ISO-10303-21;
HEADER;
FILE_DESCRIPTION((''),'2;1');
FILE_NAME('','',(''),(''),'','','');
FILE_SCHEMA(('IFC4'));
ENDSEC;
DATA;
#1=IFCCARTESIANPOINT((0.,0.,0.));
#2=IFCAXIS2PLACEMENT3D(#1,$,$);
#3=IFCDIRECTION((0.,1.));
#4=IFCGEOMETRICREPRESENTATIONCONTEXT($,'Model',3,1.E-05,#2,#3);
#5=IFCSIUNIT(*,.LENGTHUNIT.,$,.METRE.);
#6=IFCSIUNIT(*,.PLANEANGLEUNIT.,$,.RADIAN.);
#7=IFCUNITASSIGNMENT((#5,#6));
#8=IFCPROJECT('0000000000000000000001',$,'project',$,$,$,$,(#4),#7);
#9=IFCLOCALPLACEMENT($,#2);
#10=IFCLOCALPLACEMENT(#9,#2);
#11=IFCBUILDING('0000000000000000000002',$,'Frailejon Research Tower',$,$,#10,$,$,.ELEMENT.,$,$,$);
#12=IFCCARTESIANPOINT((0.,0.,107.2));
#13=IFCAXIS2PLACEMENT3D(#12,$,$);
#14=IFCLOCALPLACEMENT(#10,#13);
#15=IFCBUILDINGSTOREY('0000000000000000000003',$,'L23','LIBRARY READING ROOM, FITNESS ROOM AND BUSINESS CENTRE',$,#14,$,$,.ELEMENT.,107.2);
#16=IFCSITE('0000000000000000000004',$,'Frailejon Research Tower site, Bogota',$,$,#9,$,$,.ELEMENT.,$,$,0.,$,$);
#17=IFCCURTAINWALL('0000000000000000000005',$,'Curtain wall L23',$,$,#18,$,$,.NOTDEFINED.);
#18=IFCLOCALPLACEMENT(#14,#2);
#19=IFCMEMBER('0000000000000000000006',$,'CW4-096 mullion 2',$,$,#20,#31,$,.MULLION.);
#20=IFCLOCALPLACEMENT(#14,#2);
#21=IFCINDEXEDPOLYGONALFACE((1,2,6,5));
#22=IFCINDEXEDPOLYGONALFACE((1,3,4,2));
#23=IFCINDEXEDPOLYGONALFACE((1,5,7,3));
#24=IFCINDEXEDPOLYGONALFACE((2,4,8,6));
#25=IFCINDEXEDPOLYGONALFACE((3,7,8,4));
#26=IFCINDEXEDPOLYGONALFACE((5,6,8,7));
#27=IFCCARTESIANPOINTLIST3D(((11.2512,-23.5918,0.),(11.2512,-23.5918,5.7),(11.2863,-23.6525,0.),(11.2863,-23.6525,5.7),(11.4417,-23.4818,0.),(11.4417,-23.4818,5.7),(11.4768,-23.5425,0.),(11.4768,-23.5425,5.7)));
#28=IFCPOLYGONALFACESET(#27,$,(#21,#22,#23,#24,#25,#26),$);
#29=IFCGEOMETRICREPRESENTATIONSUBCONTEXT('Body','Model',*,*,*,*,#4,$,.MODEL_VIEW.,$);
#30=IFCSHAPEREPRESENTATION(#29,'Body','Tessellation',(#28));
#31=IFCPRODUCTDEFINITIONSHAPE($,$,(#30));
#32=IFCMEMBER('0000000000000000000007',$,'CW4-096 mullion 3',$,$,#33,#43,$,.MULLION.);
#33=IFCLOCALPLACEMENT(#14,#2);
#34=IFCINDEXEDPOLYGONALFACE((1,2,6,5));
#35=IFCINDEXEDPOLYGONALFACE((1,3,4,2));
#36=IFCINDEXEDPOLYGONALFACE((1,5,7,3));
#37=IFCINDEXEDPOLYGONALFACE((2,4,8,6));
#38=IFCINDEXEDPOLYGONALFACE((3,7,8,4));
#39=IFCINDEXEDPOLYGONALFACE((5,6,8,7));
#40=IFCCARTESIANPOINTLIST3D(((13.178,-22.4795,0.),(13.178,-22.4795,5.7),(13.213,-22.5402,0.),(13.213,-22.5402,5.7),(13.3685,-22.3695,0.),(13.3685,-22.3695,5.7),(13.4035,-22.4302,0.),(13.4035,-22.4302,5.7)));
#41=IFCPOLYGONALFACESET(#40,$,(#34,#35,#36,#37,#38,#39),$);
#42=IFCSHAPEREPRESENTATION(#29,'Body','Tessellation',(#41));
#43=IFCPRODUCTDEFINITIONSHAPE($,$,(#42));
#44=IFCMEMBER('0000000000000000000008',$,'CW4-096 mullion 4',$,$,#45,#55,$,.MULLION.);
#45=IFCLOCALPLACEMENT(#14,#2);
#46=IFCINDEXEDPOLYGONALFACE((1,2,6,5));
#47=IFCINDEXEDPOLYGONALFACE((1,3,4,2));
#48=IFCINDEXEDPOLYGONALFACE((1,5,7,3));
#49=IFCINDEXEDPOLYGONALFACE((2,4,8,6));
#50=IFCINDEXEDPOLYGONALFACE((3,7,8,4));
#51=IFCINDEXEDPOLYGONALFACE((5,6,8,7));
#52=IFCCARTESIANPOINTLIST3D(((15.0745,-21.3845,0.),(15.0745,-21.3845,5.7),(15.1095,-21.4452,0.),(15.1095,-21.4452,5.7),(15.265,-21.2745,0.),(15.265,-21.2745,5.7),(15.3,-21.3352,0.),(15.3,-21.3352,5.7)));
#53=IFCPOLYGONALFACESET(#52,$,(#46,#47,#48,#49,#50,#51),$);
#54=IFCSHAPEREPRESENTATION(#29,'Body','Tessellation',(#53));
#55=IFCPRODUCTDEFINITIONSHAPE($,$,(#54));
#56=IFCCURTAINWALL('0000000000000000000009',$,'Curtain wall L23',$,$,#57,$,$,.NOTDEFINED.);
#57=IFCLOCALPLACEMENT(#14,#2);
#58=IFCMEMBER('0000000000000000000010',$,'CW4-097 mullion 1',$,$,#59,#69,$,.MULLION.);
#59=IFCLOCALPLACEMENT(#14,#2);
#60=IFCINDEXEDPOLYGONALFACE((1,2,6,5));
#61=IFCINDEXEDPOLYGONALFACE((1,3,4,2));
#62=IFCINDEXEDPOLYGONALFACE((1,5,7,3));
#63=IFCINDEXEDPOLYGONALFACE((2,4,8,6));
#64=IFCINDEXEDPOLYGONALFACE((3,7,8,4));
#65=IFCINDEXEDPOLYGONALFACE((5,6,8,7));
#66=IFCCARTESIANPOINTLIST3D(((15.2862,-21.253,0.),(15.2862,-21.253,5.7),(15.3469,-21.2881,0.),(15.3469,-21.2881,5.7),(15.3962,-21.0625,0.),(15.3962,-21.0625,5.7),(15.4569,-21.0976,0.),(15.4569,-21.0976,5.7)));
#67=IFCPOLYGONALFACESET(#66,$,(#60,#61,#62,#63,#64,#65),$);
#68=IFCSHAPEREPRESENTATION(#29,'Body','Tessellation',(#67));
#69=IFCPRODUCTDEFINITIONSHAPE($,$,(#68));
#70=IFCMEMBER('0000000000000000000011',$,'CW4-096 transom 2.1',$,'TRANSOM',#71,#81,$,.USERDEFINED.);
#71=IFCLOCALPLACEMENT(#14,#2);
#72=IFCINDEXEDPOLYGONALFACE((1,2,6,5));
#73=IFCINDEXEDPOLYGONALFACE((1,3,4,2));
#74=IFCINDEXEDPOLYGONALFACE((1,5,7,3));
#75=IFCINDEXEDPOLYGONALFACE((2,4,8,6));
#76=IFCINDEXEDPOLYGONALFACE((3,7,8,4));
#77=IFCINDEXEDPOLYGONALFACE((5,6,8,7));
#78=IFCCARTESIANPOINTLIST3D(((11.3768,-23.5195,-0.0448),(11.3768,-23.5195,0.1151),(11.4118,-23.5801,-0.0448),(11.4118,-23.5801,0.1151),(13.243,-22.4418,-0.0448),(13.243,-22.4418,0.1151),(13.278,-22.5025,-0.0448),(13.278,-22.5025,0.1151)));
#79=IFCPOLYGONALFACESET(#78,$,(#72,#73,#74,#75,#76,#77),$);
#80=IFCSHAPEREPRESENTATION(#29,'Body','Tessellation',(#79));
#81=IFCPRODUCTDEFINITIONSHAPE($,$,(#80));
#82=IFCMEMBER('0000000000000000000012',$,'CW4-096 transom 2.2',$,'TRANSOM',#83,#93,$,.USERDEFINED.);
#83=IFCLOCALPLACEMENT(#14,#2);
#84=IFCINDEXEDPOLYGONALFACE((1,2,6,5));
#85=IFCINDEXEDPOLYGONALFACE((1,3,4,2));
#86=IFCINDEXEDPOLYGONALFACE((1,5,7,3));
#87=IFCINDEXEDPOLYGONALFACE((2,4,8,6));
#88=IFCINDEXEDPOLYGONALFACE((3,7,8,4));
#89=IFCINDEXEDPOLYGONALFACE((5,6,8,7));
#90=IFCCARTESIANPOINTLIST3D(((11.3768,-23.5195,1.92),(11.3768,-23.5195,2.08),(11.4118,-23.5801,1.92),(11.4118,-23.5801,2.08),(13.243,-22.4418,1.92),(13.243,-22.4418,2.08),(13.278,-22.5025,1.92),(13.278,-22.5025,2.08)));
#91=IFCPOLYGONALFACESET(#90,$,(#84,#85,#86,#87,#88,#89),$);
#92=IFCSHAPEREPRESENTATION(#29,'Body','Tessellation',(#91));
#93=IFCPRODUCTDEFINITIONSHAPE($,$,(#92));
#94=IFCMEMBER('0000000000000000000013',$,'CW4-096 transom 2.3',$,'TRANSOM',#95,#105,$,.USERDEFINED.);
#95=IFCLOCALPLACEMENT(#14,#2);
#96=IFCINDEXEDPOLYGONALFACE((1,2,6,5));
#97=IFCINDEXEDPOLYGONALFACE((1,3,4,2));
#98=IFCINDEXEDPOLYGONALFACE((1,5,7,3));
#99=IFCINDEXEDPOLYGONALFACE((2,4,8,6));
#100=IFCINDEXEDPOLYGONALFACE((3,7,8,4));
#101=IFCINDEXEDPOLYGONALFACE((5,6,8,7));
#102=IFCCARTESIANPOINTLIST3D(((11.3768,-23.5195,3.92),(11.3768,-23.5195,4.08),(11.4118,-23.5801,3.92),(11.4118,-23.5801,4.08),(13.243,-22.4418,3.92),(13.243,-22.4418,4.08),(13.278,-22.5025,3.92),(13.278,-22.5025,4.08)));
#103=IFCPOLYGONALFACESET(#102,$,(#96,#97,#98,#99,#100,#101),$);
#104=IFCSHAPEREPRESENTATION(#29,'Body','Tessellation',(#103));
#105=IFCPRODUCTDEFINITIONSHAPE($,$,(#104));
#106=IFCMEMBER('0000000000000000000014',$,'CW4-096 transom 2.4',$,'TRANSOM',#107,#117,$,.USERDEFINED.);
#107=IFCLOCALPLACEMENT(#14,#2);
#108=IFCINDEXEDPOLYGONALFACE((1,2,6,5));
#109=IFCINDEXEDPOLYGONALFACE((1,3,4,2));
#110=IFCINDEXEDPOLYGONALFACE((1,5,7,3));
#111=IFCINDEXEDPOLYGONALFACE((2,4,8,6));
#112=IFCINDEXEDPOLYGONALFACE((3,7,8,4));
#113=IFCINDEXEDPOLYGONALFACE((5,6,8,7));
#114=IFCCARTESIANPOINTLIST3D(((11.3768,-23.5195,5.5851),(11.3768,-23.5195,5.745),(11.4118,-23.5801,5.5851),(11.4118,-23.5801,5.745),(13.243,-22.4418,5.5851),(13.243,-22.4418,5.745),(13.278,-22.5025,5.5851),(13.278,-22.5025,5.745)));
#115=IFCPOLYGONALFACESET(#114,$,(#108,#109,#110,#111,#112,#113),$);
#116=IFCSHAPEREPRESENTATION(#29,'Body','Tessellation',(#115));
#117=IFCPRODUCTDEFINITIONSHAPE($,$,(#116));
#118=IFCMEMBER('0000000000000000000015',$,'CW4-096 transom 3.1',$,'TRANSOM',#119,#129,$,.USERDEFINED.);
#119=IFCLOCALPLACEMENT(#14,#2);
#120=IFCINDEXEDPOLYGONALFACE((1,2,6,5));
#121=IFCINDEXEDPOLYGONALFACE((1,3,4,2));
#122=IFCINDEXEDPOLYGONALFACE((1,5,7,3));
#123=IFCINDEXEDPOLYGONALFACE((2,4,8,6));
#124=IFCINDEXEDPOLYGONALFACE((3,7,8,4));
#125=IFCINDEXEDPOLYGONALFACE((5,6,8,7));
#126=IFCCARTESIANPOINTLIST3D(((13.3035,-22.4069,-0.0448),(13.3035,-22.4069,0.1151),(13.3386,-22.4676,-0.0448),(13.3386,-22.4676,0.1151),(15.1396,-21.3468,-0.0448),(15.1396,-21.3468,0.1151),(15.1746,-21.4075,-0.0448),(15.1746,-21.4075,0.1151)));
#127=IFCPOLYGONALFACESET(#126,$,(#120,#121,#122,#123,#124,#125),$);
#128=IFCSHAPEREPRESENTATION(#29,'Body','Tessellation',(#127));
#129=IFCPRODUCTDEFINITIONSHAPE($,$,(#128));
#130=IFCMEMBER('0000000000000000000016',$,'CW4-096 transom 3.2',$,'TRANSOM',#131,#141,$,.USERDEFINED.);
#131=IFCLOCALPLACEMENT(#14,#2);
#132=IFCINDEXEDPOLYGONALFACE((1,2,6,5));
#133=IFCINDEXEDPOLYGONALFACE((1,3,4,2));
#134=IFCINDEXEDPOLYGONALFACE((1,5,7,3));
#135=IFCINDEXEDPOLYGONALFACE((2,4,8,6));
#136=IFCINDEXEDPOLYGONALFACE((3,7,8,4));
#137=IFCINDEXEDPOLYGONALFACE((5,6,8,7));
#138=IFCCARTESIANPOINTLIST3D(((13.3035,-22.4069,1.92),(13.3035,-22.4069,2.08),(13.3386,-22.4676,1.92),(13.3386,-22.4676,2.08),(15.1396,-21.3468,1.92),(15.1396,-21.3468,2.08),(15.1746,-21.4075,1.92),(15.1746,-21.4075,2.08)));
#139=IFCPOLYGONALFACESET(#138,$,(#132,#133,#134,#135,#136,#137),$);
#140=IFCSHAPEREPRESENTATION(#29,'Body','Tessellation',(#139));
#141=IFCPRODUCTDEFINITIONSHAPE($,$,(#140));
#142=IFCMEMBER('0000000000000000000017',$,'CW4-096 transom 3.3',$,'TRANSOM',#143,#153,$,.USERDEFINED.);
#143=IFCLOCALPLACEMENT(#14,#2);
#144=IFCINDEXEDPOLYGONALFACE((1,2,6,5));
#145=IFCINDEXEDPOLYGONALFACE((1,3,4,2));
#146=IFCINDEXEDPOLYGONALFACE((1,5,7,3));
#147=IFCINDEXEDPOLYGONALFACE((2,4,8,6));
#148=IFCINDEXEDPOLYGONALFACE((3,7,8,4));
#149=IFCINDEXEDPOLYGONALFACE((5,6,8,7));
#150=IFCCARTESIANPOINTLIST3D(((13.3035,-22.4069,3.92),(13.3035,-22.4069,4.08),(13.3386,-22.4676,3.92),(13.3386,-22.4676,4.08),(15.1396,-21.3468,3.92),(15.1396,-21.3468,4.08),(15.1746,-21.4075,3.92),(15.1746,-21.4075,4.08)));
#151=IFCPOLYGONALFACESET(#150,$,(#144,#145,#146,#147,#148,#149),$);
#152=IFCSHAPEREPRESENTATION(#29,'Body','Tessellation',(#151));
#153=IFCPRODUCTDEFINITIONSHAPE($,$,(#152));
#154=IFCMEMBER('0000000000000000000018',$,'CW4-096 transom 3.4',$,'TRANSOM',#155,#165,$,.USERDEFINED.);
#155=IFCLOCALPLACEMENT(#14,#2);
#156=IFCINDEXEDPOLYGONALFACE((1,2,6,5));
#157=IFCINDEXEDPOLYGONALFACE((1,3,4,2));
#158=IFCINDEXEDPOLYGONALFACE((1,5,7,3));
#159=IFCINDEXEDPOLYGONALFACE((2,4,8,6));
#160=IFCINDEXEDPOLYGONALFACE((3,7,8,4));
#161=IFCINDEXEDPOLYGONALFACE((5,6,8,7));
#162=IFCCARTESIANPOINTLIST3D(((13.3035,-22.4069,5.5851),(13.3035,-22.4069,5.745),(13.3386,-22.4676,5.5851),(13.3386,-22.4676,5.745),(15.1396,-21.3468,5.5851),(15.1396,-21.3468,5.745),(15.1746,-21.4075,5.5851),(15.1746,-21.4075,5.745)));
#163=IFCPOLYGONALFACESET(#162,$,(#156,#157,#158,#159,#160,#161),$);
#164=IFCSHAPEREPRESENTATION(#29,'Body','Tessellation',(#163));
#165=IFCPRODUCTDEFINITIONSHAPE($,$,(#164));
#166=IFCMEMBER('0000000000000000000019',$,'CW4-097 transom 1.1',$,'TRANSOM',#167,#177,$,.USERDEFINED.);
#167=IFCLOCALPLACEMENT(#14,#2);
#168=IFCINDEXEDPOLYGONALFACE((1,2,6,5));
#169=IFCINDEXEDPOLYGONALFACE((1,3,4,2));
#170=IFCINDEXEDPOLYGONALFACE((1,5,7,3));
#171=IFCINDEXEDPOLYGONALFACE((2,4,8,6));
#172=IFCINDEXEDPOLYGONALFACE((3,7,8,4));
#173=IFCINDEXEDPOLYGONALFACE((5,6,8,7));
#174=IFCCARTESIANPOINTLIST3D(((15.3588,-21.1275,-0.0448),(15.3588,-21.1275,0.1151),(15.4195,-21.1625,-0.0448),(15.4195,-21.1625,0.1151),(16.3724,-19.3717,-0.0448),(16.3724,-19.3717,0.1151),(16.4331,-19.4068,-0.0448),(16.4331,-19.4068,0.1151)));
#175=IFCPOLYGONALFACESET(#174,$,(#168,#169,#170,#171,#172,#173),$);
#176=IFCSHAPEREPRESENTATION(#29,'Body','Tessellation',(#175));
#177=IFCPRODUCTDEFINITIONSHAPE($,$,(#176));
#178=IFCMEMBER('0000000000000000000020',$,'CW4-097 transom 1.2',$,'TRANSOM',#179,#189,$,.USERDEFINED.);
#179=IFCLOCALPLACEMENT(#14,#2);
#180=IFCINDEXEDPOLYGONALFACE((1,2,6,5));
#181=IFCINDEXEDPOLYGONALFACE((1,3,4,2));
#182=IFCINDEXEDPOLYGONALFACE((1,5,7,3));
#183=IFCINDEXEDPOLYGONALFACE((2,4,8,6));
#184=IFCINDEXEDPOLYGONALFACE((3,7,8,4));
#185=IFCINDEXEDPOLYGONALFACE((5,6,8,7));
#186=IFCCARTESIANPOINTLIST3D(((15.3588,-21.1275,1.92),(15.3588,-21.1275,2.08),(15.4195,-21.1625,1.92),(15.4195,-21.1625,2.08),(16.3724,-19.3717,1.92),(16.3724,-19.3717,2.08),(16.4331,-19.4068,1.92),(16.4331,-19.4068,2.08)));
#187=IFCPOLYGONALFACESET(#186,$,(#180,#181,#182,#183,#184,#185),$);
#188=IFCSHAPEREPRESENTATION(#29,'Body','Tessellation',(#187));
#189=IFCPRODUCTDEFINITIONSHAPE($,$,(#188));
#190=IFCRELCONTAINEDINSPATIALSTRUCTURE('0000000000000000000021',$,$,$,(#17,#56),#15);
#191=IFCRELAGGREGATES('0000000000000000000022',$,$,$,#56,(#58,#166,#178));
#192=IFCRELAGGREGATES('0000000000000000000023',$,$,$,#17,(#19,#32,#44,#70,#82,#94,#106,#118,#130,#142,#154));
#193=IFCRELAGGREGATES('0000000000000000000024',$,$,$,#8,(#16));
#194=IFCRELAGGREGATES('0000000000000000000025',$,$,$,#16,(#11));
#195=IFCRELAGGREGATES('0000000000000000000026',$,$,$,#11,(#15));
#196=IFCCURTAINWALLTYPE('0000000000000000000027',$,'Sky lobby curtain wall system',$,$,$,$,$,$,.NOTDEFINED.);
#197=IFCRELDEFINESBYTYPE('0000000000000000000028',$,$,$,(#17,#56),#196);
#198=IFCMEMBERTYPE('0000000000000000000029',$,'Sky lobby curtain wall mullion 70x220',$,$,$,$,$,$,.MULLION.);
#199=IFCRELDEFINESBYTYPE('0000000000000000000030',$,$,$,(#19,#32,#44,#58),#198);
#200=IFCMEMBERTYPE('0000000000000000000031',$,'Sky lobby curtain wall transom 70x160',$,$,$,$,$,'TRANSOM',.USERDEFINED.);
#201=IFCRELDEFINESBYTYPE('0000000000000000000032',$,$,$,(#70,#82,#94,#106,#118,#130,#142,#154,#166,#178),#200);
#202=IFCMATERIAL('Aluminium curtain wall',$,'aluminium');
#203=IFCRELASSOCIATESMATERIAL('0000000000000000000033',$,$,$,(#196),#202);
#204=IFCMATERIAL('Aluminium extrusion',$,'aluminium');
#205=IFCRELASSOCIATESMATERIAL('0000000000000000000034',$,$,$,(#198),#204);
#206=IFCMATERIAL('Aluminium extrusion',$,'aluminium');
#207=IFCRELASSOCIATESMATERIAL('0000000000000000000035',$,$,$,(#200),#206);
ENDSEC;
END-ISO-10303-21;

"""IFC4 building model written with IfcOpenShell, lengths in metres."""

from ifc_helpers import new_model, si_unit, direction, frame, origin, origin_2d, place, context, subcontext, project, spatial, rectangle, extrude, material, material_profile, profile_set, type_object, element, aggregate, save


model = new_model("IFC4")

# Units and contexts
model_context = context("Model", 3, precision=1e-05, world=origin(), true_north=direction((0.0, 1.0)))
body_context = subcontext(model_context, "Body", "Model", "MODEL_VIEW")
ifc_project = project(units=[si_unit("LENGTHUNIT", "METRE"), si_unit("PLANEANGLEUNIT", "RADIAN")], contexts=[model_context])

# Site, building, storey
site_placement = place(None, origin())
site = spatial("IfcSite", under=ifc_project, at=site_placement, Name="Frailejon Research Tower site, Bogota", CompositionType="ELEMENT", RefElevation=0.0)
building_placement = place(site_placement, origin())
building = spatial("IfcBuilding", under=site, at=building_placement, Name="Frailejon Research Tower", CompositionType="ELEMENT")
storey_placement = place(building_placement, frame((0.0, 0.0, 107.2)))
storey = spatial("IfcBuildingStorey", under=building, at=storey_placement, Name="L23", Description="LIBRARY READING ROOM, FITNESS ROOM AND BUSINESS CENTRE", CompositionType="ELEMENT", Elevation=107.2)

# Curtain wall, members
ifc_material_1 = material(Name="Aluminium curtain wall", Category="aluminium")
curtain_wall_type = type_object("IfcCurtainWallType", Name="Sky lobby curtain wall system", PredefinedType="NOTDEFINED", material=ifc_material_1)
curtain_wall_1_placement = place(storey_placement, origin())
curtain_wall_1 = element("IfcCurtainWall", 1, at=curtain_wall_1_placement, inside=storey, type_object=curtain_wall_type, Name="Curtain wall L23", PredefinedType="NOTDEFINED")
ifc_material_2 = material(Name="Aluminium extrusion", Category="aluminium")
ifc_material_profile_1 = material_profile(ifc_material_2, rectangle(XDim=0.0701, YDim=0.22, at=origin_2d()), Name="Sky lobby curtain wall mullion 70x220")
ifc_profile_set_1 = profile_set([ifc_material_profile_1], Name="Aluminium extrusion")
member_type_1 = type_object("IfcMemberType", Name="Sky lobby curtain wall mullion 70x220", PredefinedType="MULLION", material=ifc_profile_set_1)
member_1_placement = place(storey_placement, frame((11.364, -23.5671, 0.0), z_axis=(0.0, 0.0, 1.0), x_axis=(-0.500009, 0.86602, 0.0)))
member_1 = element("IfcMember", 2, at=member_1_placement, type_object=member_type_1, Name="CW4-096 mullion 2", PredefinedType="MULLION", context=body_context, shape_type="SweptSolid", body=[
    extrude(rectangle(XDim=0.0701, YDim=0.22, at=origin_2d()), origin(), (0.0, 0.0, 1.0), 5.7),
])
member_2_placement = place(storey_placement, frame((13.2908, -22.4548, 0.0), z_axis=(0.0, 0.0, 1.0), x_axis=(-0.500009, 0.86602, 0.0)))
member_2 = element("IfcMember", 3, at=member_2_placement, type_object=member_type_1, Name="CW4-096 mullion 3", PredefinedType="MULLION", context=body_context, shape_type="SweptSolid", body=[
    extrude(rectangle(XDim=0.0701, YDim=0.22, at=origin_2d()), origin(), (0.0, 0.0, 1.0), 5.7),
])
member_3_placement = place(storey_placement, frame((15.1873, -21.3599, 0.0), z_axis=(0.0, 0.0, 1.0), x_axis=(-0.500009, 0.86602, 0.0)))
member_3 = element("IfcMember", 4, at=member_3_placement, type_object=member_type_1, Name="CW4-096 mullion 4", PredefinedType="MULLION", context=body_context, shape_type="SweptSolid", body=[
    extrude(rectangle(XDim=0.0701, YDim=0.22, at=origin_2d()), origin(), (0.0, 0.0, 1.0), 5.7),
])

# Curtain wall, member
curtain_wall_2_placement = place(storey_placement, origin())
curtain_wall_2 = element("IfcCurtainWall", 5, at=curtain_wall_2_placement, inside=storey, type_object=curtain_wall_type, Name="Curtain wall L23", PredefinedType="NOTDEFINED")
member_4_placement = place(storey_placement, frame((15.3716, -21.1753, 0.0), z_axis=(0.0, 0.0, 1.0), x_axis=(-0.866026, 0.5, 0.0)))
member_4 = element("IfcMember", 6, at=member_4_placement, type_object=member_type_1, Name="CW4-097 mullion 1", PredefinedType="MULLION", context=body_context, shape_type="SweptSolid", body=[
    extrude(rectangle(XDim=0.0701, YDim=0.22, at=origin_2d()), origin(), (0.0, 0.0, 1.0), 5.7),
])

# Members
ifc_material_3 = material(Name="Aluminium extrusion", Category="aluminium")
ifc_material_profile_2 = material_profile(ifc_material_3, rectangle(XDim=0.0701, YDim=0.1599, at=origin_2d()), Name="Sky lobby curtain wall transom 70x160")
ifc_profile_set_2 = profile_set([ifc_material_profile_2], Name="Aluminium extrusion")
member_type_2 = type_object("IfcMemberType", Name="Sky lobby curtain wall transom 70x160", ElementType="TRANSOM", PredefinedType="USERDEFINED", material=ifc_profile_set_2)
member_5_placement = place(storey_placement, frame((11.3943, -23.5498, 0.0352), z_axis=(0.865989, 0.500062, 0.0), x_axis=(-0.500062, 0.865989, 0.0)))
member_5 = element("IfcMember", 7, at=member_5_placement, type_object=member_type_2, Name="CW4-096 transom 2.1", ObjectType="TRANSOM", PredefinedType="USERDEFINED", context=body_context, shape_type="SweptSolid", body=[
    extrude(rectangle(XDim=0.0701, YDim=0.1599, at=origin_2d()), origin(), (0.0, 0.0, 1.0), 2.155),
])
member_6_placement = place(storey_placement, frame((11.3943, -23.5498, 2.0), z_axis=(0.865989, 0.500062, 0.0), x_axis=(-0.500062, 0.865989, 0.0)))
member_6 = element("IfcMember", 8, at=member_6_placement, type_object=member_type_2, Name="CW4-096 transom 2.2", ObjectType="TRANSOM", PredefinedType="USERDEFINED", context=body_context, shape_type="SweptSolid", body=[
    extrude(rectangle(XDim=0.0701, YDim=0.1599, at=origin_2d()), origin(), (0.0, 0.0, 1.0), 2.155),
])
member_7_placement = place(storey_placement, frame((11.3943, -23.5498, 4.0), z_axis=(0.865989, 0.500062, 0.0), x_axis=(-0.500062, 0.865989, 0.0)))
member_7 = element("IfcMember", 9, at=member_7_placement, type_object=member_type_2, Name="CW4-096 transom 2.3", ObjectType="TRANSOM", PredefinedType="USERDEFINED", context=body_context, shape_type="SweptSolid", body=[
    extrude(rectangle(XDim=0.0701, YDim=0.1599, at=origin_2d()), origin(), (0.0, 0.0, 1.0), 2.155),
])
member_8_placement = place(storey_placement, frame((11.3943, -23.5498, 5.665), z_axis=(0.865989, 0.500062, 0.0), x_axis=(-0.500062, 0.865989, 0.0)))
member_8 = element("IfcMember", 10, at=member_8_placement, type_object=member_type_2, Name="CW4-096 transom 2.4", ObjectType="TRANSOM", PredefinedType="USERDEFINED", context=body_context, shape_type="SweptSolid", body=[
    extrude(rectangle(XDim=0.0701, YDim=0.1599, at=origin_2d()), origin(), (0.0, 0.0, 1.0), 2.155),
])
member_9_placement = place(storey_placement, frame((13.321, -22.4373, 0.0352), z_axis=(0.866009, 0.500028, 0.0), x_axis=(-0.500028, 0.866009, 0.0)))
member_9 = element("IfcMember", 11, at=member_9_placement, type_object=member_type_2, Name="CW4-096 transom 3.1", ObjectType="TRANSOM", PredefinedType="USERDEFINED", context=body_context, shape_type="SweptSolid", body=[
    extrude(rectangle(XDim=0.0701, YDim=0.1599, at=origin_2d()), origin(), (0.0, 0.0, 1.0), 2.1201),
])
member_10_placement = place(storey_placement, frame((13.321, -22.4373, 2.0), z_axis=(0.866009, 0.500028, 0.0), x_axis=(-0.500028, 0.866009, 0.0)))
member_10 = element("IfcMember", 12, at=member_10_placement, type_object=member_type_2, Name="CW4-096 transom 3.2", ObjectType="TRANSOM", PredefinedType="USERDEFINED", context=body_context, shape_type="SweptSolid", body=[
    extrude(rectangle(XDim=0.0701, YDim=0.1599, at=origin_2d()), origin(), (0.0, 0.0, 1.0), 2.1201),
])
member_11_placement = place(storey_placement, frame((13.321, -22.4373, 4.0), z_axis=(0.866009, 0.500028, 0.0), x_axis=(-0.500028, 0.866009, 0.0)))
member_11 = element("IfcMember", 13, at=member_11_placement, type_object=member_type_2, Name="CW4-096 transom 3.3", ObjectType="TRANSOM", PredefinedType="USERDEFINED", context=body_context, shape_type="SweptSolid", body=[
    extrude(rectangle(XDim=0.0701, YDim=0.1599, at=origin_2d()), origin(), (0.0, 0.0, 1.0), 2.1201),
])
member_12_placement = place(storey_placement, frame((13.321, -22.4373, 5.665), z_axis=(0.866009, 0.500028, 0.0), x_axis=(-0.500028, 0.866009, 0.0)))
member_12 = element("IfcMember", 14, at=member_12_placement, type_object=member_type_2, Name="CW4-096 transom 3.4", ObjectType="TRANSOM", PredefinedType="USERDEFINED", context=body_context, shape_type="SweptSolid", body=[
    extrude(rectangle(XDim=0.0701, YDim=0.1599, at=origin_2d()), origin(), (0.0, 0.0, 1.0), 2.1201),
])
member_13_placement = place(storey_placement, frame((15.3892, -21.145, 0.0352), z_axis=(0.499973, 0.866041, 0.0), x_axis=(-0.866041, 0.499973, 0.0)))
member_13 = element("IfcMember", 15, at=member_13_placement, type_object=member_type_2, Name="CW4-097 transom 1.1", ObjectType="TRANSOM", PredefinedType="USERDEFINED", context=body_context, shape_type="SweptSolid", body=[
    extrude(rectangle(XDim=0.0701, YDim=0.1599, at=origin_2d()), origin(), (0.0, 0.0, 1.0), 2.0273),
])
member_14_placement = place(storey_placement, frame((15.3892, -21.145, 2.0), z_axis=(0.499973, 0.866041, 0.0), x_axis=(-0.866041, 0.499973, 0.0)))
member_14 = element("IfcMember", 16, at=member_14_placement, type_object=member_type_2, Name="CW4-097 transom 1.2", ObjectType="TRANSOM", PredefinedType="USERDEFINED", context=body_context, shape_type="SweptSolid", body=[
    extrude(rectangle(XDim=0.0701, YDim=0.1599, at=origin_2d()), origin(), (0.0, 0.0, 1.0), 2.0273),
])
aggregate(curtain_wall_2, [member_4, member_13, member_14])

aggregate(curtain_wall_1, [member_1, member_2, member_3, member_5, member_6, member_7, member_8, member_9, member_10, member_11, member_12])

save(model, "model.ifc")
